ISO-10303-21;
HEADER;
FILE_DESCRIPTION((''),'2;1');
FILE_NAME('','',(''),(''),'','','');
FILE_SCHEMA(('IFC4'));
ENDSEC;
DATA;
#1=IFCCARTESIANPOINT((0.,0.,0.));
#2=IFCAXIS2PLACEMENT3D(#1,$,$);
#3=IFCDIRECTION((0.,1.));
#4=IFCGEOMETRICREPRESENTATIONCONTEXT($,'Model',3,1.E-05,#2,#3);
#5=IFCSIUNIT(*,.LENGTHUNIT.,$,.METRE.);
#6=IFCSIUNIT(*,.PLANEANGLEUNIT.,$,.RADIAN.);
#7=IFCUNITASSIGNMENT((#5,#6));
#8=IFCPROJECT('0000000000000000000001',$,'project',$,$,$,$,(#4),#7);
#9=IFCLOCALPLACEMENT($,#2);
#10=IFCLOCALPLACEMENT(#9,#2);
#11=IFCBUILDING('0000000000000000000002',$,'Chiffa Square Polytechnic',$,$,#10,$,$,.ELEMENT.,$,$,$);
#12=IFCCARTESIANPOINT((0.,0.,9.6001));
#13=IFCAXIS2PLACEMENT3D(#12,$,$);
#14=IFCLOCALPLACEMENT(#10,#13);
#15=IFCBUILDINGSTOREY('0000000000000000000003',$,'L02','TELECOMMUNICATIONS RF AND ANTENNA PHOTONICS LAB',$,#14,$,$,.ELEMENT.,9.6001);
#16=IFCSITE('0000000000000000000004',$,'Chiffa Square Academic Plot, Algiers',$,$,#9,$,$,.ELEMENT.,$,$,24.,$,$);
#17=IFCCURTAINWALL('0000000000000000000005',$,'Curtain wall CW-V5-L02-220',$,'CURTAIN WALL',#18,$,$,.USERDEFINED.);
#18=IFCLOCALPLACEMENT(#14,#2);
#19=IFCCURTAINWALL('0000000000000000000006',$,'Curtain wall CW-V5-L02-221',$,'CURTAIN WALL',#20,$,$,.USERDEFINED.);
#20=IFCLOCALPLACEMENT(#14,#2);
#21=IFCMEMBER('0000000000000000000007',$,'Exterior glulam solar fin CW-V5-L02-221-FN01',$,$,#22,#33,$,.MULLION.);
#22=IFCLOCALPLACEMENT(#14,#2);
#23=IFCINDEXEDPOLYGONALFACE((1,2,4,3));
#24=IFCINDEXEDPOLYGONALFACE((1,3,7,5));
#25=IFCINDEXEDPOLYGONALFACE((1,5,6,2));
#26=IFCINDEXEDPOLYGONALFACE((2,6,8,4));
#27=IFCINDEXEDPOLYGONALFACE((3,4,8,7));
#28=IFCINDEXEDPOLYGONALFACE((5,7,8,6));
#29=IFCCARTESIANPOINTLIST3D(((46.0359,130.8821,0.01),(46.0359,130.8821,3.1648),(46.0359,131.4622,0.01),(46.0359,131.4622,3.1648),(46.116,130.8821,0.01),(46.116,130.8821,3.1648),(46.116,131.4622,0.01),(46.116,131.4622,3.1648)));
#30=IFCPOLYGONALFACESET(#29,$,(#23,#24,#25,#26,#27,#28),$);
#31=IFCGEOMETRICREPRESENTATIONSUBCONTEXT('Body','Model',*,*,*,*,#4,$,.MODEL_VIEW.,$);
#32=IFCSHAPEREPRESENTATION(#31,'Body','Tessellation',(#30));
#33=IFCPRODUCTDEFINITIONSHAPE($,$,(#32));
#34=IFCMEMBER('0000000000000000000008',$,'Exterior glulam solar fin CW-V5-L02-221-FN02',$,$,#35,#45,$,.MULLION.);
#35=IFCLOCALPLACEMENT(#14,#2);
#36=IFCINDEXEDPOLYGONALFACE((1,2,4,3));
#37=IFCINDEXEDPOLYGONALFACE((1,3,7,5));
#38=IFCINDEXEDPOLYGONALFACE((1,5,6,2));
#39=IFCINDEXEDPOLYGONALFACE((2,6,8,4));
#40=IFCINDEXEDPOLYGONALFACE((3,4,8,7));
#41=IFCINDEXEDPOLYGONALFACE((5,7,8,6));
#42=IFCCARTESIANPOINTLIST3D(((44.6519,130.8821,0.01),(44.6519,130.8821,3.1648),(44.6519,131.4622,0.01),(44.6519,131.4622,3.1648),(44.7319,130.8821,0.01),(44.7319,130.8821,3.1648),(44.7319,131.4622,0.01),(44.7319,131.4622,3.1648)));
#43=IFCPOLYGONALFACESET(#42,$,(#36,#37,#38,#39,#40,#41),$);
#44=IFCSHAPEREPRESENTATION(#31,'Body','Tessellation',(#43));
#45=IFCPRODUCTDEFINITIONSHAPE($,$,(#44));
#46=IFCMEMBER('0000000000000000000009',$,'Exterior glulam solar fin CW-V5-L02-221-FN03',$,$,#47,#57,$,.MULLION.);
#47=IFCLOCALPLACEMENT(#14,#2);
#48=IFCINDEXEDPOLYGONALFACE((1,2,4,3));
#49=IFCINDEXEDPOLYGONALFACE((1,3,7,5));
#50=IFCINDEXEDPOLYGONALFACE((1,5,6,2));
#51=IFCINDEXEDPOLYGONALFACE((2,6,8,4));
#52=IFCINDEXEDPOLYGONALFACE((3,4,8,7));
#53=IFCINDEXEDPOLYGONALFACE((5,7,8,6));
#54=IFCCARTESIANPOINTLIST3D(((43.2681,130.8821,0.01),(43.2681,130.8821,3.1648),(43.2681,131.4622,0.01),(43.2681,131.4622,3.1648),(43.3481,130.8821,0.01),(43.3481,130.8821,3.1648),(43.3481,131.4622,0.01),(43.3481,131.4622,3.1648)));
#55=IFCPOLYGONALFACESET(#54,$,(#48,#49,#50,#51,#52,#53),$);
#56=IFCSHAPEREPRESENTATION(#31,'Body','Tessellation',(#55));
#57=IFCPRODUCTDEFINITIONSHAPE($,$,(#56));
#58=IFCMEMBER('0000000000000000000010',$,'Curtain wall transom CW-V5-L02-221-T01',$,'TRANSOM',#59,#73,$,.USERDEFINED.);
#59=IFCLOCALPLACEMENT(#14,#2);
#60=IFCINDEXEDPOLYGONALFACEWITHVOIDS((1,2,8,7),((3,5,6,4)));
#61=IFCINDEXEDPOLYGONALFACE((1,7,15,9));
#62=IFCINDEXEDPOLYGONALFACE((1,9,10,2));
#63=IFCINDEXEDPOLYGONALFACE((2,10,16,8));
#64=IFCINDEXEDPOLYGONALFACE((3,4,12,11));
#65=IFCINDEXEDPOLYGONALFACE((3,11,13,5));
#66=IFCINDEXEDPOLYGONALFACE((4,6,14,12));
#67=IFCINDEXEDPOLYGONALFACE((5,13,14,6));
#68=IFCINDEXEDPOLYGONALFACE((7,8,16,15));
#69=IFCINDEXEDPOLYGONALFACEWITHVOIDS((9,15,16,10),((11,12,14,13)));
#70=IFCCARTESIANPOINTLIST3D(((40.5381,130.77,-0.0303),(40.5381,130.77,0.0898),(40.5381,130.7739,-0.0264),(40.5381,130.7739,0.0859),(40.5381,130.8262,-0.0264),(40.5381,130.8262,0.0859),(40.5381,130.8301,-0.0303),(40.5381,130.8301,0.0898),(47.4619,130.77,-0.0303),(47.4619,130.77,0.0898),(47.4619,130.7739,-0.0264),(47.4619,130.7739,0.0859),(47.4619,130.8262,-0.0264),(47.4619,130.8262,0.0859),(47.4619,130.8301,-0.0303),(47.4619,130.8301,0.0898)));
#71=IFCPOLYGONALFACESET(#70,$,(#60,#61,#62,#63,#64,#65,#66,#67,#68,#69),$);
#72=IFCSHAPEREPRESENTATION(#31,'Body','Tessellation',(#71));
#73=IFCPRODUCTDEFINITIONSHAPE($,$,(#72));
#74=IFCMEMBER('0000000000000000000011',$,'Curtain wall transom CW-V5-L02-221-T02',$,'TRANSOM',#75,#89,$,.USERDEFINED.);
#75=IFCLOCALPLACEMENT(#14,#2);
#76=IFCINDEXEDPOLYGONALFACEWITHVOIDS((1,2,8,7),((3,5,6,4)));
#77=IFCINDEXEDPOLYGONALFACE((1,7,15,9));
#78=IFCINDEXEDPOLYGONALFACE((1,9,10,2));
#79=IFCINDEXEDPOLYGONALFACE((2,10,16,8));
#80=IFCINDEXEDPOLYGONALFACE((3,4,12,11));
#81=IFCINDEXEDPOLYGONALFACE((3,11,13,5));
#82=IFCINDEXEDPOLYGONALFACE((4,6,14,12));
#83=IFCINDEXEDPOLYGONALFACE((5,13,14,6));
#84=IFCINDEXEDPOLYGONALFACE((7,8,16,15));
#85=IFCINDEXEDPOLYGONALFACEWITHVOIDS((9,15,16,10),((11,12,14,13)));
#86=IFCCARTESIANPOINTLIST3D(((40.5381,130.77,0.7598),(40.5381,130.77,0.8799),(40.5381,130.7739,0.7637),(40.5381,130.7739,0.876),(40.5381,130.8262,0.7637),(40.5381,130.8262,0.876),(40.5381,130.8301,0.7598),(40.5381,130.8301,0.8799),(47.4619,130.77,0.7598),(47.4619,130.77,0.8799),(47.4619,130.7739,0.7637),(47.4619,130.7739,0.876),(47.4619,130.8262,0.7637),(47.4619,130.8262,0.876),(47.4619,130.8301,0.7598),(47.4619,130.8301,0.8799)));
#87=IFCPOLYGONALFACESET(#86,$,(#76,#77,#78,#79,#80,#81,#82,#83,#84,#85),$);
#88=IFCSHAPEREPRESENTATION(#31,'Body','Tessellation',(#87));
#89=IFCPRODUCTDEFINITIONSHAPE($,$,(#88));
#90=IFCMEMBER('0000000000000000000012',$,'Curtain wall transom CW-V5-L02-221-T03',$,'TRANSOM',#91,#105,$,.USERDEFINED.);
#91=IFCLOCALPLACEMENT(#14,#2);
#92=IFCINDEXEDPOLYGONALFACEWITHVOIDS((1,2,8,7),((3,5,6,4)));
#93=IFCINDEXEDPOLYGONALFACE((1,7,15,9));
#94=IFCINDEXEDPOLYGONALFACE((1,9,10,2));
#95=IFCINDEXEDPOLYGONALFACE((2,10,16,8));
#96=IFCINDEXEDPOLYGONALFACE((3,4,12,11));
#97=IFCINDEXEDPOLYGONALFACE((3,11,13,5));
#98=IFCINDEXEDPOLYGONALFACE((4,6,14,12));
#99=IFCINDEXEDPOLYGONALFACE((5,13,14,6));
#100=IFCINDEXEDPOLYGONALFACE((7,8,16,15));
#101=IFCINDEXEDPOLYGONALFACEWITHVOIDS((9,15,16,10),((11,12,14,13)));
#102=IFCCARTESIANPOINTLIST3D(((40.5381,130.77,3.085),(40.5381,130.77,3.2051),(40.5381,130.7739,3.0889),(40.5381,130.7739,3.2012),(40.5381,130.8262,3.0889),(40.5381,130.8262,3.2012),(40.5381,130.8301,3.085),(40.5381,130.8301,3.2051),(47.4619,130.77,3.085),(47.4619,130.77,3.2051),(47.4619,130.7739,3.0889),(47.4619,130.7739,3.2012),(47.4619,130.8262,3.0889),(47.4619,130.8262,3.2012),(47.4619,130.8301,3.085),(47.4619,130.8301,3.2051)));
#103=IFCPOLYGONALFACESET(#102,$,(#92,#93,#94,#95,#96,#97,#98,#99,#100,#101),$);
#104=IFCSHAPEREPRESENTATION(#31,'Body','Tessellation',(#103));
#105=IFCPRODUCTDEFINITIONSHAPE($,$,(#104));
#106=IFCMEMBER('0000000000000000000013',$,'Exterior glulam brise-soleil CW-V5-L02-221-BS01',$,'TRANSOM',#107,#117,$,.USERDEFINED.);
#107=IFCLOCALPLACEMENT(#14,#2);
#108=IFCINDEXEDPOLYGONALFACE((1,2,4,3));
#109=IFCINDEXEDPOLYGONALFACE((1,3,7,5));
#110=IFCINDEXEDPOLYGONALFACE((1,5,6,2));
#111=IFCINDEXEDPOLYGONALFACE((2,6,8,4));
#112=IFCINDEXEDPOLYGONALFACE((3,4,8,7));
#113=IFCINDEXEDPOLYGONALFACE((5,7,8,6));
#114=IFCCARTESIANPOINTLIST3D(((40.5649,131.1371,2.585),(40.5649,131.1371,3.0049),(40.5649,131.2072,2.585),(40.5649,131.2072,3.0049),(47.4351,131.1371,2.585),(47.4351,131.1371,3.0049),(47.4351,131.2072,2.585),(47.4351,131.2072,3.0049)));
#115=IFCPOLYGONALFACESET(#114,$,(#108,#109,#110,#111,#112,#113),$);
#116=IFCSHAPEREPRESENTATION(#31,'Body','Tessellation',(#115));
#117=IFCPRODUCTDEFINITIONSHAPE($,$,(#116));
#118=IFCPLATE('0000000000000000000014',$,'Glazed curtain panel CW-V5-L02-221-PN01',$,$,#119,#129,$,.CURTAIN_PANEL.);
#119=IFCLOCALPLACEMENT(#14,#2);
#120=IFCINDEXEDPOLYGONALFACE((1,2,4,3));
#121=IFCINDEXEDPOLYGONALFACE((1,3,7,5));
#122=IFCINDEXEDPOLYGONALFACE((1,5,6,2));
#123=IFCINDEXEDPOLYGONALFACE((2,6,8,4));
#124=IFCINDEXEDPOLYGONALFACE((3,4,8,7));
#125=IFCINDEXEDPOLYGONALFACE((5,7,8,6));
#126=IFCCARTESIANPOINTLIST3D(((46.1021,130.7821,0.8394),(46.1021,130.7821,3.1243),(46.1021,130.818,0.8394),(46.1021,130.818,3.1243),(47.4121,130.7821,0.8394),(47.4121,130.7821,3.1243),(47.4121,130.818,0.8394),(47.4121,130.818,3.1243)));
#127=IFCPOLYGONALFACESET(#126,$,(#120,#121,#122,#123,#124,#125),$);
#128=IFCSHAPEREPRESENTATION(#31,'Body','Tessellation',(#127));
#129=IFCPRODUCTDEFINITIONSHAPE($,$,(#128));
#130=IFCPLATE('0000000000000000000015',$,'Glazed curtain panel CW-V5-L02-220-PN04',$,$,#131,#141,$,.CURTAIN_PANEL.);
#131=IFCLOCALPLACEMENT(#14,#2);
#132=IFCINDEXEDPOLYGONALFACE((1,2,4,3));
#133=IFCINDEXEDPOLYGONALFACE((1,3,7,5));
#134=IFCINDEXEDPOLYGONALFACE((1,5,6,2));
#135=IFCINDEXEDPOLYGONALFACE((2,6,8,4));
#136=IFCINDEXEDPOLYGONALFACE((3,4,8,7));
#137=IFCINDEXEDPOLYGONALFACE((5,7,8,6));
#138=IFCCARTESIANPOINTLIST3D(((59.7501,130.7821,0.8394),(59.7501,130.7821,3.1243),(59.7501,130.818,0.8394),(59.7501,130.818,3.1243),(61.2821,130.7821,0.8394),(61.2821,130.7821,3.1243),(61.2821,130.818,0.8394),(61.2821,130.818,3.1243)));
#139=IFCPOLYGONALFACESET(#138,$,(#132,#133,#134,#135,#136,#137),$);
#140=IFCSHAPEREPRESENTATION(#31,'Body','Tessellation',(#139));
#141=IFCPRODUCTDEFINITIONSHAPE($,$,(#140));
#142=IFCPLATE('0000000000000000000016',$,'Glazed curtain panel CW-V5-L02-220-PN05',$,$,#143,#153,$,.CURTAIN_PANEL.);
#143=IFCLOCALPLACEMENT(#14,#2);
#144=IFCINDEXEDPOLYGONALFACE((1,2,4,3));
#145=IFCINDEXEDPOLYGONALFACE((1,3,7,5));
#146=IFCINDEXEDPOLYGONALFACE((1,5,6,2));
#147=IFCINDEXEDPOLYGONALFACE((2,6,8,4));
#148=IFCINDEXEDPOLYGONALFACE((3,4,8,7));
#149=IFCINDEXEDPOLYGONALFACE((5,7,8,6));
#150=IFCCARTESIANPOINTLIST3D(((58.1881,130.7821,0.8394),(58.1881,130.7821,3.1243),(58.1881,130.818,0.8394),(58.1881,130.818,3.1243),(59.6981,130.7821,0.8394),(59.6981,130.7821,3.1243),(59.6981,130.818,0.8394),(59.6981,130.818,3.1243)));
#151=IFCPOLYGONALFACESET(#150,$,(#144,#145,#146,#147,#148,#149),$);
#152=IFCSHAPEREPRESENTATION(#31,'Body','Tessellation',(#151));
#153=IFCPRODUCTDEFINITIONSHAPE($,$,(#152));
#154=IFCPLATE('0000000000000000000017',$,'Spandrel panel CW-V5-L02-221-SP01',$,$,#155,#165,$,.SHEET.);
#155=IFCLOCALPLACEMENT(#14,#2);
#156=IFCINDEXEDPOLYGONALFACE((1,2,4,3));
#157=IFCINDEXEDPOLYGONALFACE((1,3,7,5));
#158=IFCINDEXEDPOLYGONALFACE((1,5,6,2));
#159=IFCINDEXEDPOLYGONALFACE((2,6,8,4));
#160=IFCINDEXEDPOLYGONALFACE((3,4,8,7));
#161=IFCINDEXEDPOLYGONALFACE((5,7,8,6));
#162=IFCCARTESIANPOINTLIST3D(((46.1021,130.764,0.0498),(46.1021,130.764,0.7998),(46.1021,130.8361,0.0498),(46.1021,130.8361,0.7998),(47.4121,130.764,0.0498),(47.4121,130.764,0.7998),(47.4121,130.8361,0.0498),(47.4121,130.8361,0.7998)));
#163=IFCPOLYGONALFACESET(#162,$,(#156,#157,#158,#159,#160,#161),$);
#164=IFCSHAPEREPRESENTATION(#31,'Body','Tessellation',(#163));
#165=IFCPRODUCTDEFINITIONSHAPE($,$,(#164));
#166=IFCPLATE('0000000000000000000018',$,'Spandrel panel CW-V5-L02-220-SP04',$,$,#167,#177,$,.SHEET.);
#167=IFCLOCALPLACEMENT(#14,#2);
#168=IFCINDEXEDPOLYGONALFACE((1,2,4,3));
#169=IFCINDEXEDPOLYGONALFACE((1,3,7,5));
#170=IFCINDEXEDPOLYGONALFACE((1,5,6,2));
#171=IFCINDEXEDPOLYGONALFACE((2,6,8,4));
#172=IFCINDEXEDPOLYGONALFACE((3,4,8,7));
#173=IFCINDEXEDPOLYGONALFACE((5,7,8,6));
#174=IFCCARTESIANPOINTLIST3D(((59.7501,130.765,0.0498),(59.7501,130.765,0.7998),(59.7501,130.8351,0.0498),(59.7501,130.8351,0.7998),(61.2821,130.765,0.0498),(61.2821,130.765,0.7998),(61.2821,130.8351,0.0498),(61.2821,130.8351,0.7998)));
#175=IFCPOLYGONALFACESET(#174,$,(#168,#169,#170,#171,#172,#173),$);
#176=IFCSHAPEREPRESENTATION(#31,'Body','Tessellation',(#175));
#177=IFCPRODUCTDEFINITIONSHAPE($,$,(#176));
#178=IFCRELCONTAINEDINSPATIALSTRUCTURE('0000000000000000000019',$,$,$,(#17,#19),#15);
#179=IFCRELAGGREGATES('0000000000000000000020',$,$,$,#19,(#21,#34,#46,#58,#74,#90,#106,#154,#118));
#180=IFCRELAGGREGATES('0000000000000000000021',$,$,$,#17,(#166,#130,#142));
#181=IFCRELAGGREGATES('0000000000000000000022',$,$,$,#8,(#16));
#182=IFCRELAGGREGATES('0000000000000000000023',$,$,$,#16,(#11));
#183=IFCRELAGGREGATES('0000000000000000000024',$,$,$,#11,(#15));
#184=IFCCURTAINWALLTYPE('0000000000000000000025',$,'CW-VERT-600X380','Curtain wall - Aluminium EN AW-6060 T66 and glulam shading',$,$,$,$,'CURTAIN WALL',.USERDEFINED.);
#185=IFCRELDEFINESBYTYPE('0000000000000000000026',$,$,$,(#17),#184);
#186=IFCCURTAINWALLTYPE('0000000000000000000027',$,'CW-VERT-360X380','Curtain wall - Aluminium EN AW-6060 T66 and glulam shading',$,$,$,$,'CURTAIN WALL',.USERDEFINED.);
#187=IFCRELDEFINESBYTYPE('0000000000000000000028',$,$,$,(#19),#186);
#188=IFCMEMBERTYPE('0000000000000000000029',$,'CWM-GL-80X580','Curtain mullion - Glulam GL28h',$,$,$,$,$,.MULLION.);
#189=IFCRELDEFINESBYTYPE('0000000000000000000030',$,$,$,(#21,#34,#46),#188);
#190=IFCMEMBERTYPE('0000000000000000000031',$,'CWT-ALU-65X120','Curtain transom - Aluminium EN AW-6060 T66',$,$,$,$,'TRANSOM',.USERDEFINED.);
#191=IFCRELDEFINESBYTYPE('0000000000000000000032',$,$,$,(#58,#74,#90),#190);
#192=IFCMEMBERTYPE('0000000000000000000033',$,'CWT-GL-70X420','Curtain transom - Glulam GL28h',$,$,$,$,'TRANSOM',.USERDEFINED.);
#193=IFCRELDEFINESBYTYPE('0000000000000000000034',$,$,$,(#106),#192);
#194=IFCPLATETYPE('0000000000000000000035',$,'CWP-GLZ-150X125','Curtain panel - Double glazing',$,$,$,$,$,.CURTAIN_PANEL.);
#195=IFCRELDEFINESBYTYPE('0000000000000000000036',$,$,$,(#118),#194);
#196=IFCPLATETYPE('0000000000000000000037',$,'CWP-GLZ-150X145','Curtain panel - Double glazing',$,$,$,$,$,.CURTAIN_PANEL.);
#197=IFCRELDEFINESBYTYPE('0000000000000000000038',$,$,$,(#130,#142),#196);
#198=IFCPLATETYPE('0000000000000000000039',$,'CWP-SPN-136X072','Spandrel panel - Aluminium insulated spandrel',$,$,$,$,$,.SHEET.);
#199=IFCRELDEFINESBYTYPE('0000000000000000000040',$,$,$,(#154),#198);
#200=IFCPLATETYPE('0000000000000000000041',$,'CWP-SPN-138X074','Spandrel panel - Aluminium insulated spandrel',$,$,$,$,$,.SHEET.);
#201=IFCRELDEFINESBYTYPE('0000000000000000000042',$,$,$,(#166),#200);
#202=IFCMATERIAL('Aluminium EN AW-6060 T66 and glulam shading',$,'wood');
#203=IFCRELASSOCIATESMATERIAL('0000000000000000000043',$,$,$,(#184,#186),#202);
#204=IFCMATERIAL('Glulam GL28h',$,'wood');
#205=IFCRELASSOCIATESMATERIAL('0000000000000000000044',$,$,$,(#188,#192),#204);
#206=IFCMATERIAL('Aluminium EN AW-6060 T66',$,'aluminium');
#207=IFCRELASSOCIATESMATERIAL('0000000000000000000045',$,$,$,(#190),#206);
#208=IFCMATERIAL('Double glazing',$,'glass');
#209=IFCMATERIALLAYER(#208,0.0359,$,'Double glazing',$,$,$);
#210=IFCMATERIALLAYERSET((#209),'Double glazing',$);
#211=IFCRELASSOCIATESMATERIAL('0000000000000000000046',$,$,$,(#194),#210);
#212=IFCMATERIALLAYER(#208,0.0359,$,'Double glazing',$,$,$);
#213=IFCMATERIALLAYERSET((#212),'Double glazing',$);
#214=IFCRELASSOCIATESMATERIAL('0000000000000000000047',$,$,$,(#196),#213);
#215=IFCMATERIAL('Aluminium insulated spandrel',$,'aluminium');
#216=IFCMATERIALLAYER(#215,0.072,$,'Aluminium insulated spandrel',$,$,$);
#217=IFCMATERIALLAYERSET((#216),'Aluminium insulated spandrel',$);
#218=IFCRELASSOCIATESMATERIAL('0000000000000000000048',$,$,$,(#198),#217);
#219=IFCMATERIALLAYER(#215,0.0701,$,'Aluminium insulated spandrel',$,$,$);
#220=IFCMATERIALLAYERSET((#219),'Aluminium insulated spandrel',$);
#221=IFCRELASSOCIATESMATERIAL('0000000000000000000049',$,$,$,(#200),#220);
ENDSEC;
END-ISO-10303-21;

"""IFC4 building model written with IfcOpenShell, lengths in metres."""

from ifc_helpers import new_model, si_unit, direction, frame, origin, origin_2d, place, context, subcontext, project, spatial, rectangle, hollow_rectangle, extrude, material, layer, layer_set, material_profile, profile_set, type_object, element, aggregate, save


model = new_model("IFC4")

# Units and contexts
model_context = context("Model", 3, precision=1e-05, world=origin(), true_north=direction((0.0, 1.0)))
body_context = subcontext(model_context, "Body", "Model", "MODEL_VIEW")
ifc_project = project(units=[si_unit("LENGTHUNIT", "METRE"), si_unit("PLANEANGLEUNIT", "RADIAN")], contexts=[model_context])

# Site, building, storey
site_placement = place(None, origin())
site = spatial("IfcSite", under=ifc_project, at=site_placement, Name="Chiffa Square Academic Plot, Algiers", CompositionType="ELEMENT", RefElevation=24.0)
building_placement = place(site_placement, origin())
building = spatial("IfcBuilding", under=site, at=building_placement, Name="Chiffa Square Polytechnic", CompositionType="ELEMENT")
storey_placement = place(building_placement, frame((0.0, 0.0, 9.6001)))
storey = spatial("IfcBuildingStorey", under=building, at=storey_placement, Name="L02", Description="TELECOMMUNICATIONS RF AND ANTENNA PHOTONICS LAB", CompositionType="ELEMENT", Elevation=9.6001)

# Curtain walls
ifc_material_1 = material(Name="Aluminium EN AW-6060 T66 and glulam shading", Category="wood")
curtain_wall_type_1 = type_object("IfcCurtainWallType", Name="CW-VERT-600X380", Description="Curtain wall - Aluminium EN AW-6060 T66 and glulam shading", ElementType="CURTAIN WALL", PredefinedType="USERDEFINED", material=ifc_material_1)
curtain_wall_1_placement = place(storey_placement, origin())
curtain_wall_1 = element("IfcCurtainWall", 1, at=curtain_wall_1_placement, inside=storey, type_object=curtain_wall_type_1, Name="Curtain wall CW-V5-L02-220", ObjectType="CURTAIN WALL", PredefinedType="USERDEFINED")
ifc_material_2 = material(Name="Aluminium EN AW-6060 T66", Category="aluminium")
curtain_wall_type_2 = type_object("IfcCurtainWallType", Name="CW-VERT-360X380", Description="Curtain wall - Aluminium EN AW-6060 T66 and glulam shading", ElementType="CURTAIN WALL", PredefinedType="USERDEFINED", material=ifc_material_1)
curtain_wall_2_placement = place(storey_placement, origin())
curtain_wall_2 = element("IfcCurtainWall", 2, at=curtain_wall_2_placement, inside=storey, type_object=curtain_wall_type_2, Name="Curtain wall CW-V5-L02-221", ObjectType="CURTAIN WALL", PredefinedType="USERDEFINED")

# Members
ifc_material_3 = material(Name="Glulam GL28h", Category="wood")
ifc_material_profile_1 = material_profile(ifc_material_3, rectangle(XDim=0.0801, YDim=0.5801, at=origin_2d()), Name="GL28h 80x580")
ifc_profile_set_1 = profile_set([ifc_material_profile_1], Name="Glulam GL28h")
member_type_1 = type_object("IfcMemberType", Name="CWM-GL-80X580", Description="Curtain mullion - Glulam GL28h", PredefinedType="MULLION", material=ifc_profile_set_1)
member_1_placement = place(storey_placement, frame((46.0759, 131.1721, 0.01), z_axis=(0.0, 0.0, 1.0), x_axis=(-1.0, 0.0, 0.0)))
member_1 = element("IfcMember", 3, at=member_1_placement, type_object=member_type_1, Name="Exterior glulam solar fin CW-V5-L02-221-FN01", PredefinedType="MULLION", context=body_context, shape_type="SweptSolid", body=[
    extrude(rectangle(XDim=0.0801, YDim=0.5801, at=origin_2d()), origin(), (0.0, 0.0, 1.0), 3.1548),
])
member_2_placement = place(storey_placement, frame((44.6919, 131.1721, 0.01), z_axis=(0.0, 0.0, 1.0), x_axis=(-1.0, 0.0, 0.0)))
member_2 = element("IfcMember", 4, at=member_2_placement, type_object=member_type_1, Name="Exterior glulam solar fin CW-V5-L02-221-FN02", PredefinedType="MULLION", context=body_context, shape_type="SweptSolid", body=[
    extrude(rectangle(XDim=0.0801, YDim=0.5801, at=origin_2d()), origin(), (0.0, 0.0, 1.0), 3.1548),
])
member_3_placement = place(storey_placement, frame((43.3081, 131.1721, 0.01), z_axis=(0.0, 0.0, 1.0), x_axis=(-1.0, 0.0, 0.0)))
member_3 = element("IfcMember", 5, at=member_3_placement, type_object=member_type_1, Name="Exterior glulam solar fin CW-V5-L02-221-FN03", PredefinedType="MULLION", context=body_context, shape_type="SweptSolid", body=[
    extrude(rectangle(XDim=0.0801, YDim=0.5801, at=origin_2d()), origin(), (0.0, 0.0, 1.0), 3.1548),
])
ifc_material_profile_2 = material_profile(ifc_material_2, hollow_rectangle(XDim=0.0601, YDim=0.1201, WallThickness=0.0039, at=origin_2d()), Name="ALU 60x120x4")
ifc_profile_set_2 = profile_set([ifc_material_profile_2], Name="Aluminium EN AW-6060 T66")
member_type_2 = type_object("IfcMemberType", Name="CWT-ALU-65X120", Description="Curtain transom - Aluminium EN AW-6060 T66", ElementType="TRANSOM", PredefinedType="USERDEFINED", material=ifc_profile_set_2)
member_4_placement = place(storey_placement, frame((47.4619, 130.8, 0.0298), z_axis=(-1.0, 0.0, 0.0), x_axis=(0.0, -1.0, 0.0)))
member_4 = element("IfcMember", 6, at=member_4_placement, type_object=member_type_2, Name="Curtain wall transom CW-V5-L02-221-T01", ObjectType="TRANSOM", PredefinedType="USERDEFINED", context=body_context, shape_type="SweptSolid", body=[
    extrude(hollow_rectangle(XDim=0.0601, YDim=0.1201, WallThickness=0.0039, at=origin_2d()), origin(), (0.0, 0.0, 1.0), 6.9238),
])
member_5_placement = place(storey_placement, frame((47.4619, 130.8, 0.8198), z_axis=(-1.0, 0.0, 0.0), x_axis=(0.0, -1.0, 0.0)))
member_5 = element("IfcMember", 7, at=member_5_placement, type_object=member_type_2, Name="Curtain wall transom CW-V5-L02-221-T02", ObjectType="TRANSOM", PredefinedType="USERDEFINED", context=body_context, shape_type="SweptSolid", body=[
    extrude(hollow_rectangle(XDim=0.0601, YDim=0.1201, WallThickness=0.0039, at=origin_2d()), origin(), (0.0, 0.0, 1.0), 6.9238),
])
member_6_placement = place(storey_placement, frame((47.4619, 130.8, 3.145), z_axis=(-1.0, 0.0, 0.0), x_axis=(0.0, -1.0, 0.0)))
member_6 = element("IfcMember", 8, at=member_6_placement, type_object=member_type_2, Name="Curtain wall transom CW-V5-L02-221-T03", ObjectType="TRANSOM", PredefinedType="USERDEFINED", context=body_context, shape_type="SweptSolid", body=[
    extrude(hollow_rectangle(XDim=0.0601, YDim=0.1201, WallThickness=0.0039, at=origin_2d()), origin(), (0.0, 0.0, 1.0), 6.9238),
])
ifc_material_profile_3 = material_profile(ifc_material_3, rectangle(XDim=0.0701, YDim=0.4199, at=origin_2d()), Name="GL28h 70x420")
ifc_profile_set_3 = profile_set([ifc_material_profile_3], Name="Glulam GL28h")
member_type_3 = type_object("IfcMemberType", Name="CWT-GL-70X420", Description="Curtain transom - Glulam GL28h", ElementType="TRANSOM", PredefinedType="USERDEFINED", material=ifc_profile_set_3)
member_7_placement = place(storey_placement, frame((47.4351, 131.1721, 2.7949), z_axis=(-1.0, 0.0, 0.0), x_axis=(0.0, -1.0, 0.0)))
member_7 = element("IfcMember", 9, at=member_7_placement, type_object=member_type_3, Name="Exterior glulam brise-soleil CW-V5-L02-221-BS01", ObjectType="TRANSOM", PredefinedType="USERDEFINED", context=body_context, shape_type="SweptSolid", body=[
    extrude(rectangle(XDim=0.0701, YDim=0.4199, at=origin_2d()), origin(), (0.0, 0.0, 1.0), 6.8701),
])

# Plates
ifc_material_4 = material(Name="Double glazing", Category="glass")
ifc_layer_1 = layer(ifc_material_4, 0.0359, Name="Double glazing")
ifc_layer_set_1 = layer_set([ifc_layer_1], Name="Double glazing")
plate_type_1 = type_object("IfcPlateType", Name="CWP-GLZ-150X125", Description="Curtain panel - Double glazing", PredefinedType="CURTAIN_PANEL", material=ifc_layer_set_1)
plate_1_placement = place(storey_placement, frame((46.7571, 130.8, 0.8394), z_axis=(0.0, 0.0, 1.0), x_axis=(-1.0, 0.0, 0.0)))
plate_1 = element("IfcPlate", 10, at=plate_1_placement, type_object=plate_type_1, Name="Glazed curtain panel CW-V5-L02-221-PN01", PredefinedType="CURTAIN_PANEL", context=body_context, shape_type="SweptSolid", body=[
    extrude(rectangle(XDim=1.3101, YDim=0.0359, at=origin_2d()), origin(), (0.0, 0.0, 1.0), 2.2849),
])
ifc_layer_2 = layer(ifc_material_4, 0.0359, Name="Double glazing")
ifc_layer_set_2 = layer_set([ifc_layer_2], Name="Double glazing")
plate_type_2 = type_object("IfcPlateType", Name="CWP-GLZ-150X145", Description="Curtain panel - Double glazing", PredefinedType="CURTAIN_PANEL", material=ifc_layer_set_2)
plate_2_placement = place(storey_placement, frame((60.5161, 130.8, 0.8394), z_axis=(0.0, 0.0, 1.0), x_axis=(-1.0, 0.0, 0.0)))
plate_2 = element("IfcPlate", 11, at=plate_2_placement, type_object=plate_type_2, Name="Glazed curtain panel CW-V5-L02-220-PN04", PredefinedType="CURTAIN_PANEL", context=body_context, shape_type="SweptSolid", body=[
    extrude(rectangle(XDim=1.532, YDim=0.0359, at=origin_2d()), origin(), (0.0, 0.0, 1.0), 2.2849),
])
plate_3_placement = place(storey_placement, frame((58.9431, 130.8, 0.8394), z_axis=(0.0, 0.0, 1.0), x_axis=(-1.0, 0.0, 0.0)))
plate_3 = element("IfcPlate", 12, at=plate_3_placement, type_object=plate_type_2, Name="Glazed curtain panel CW-V5-L02-220-PN05", PredefinedType="CURTAIN_PANEL", context=body_context, shape_type="SweptSolid", body=[
    extrude(rectangle(XDim=1.51, YDim=0.0359, at=origin_2d()), origin(), (0.0, 0.0, 1.0), 2.2849),
])
ifc_material_5 = material(Name="Aluminium insulated spandrel", Category="aluminium")
ifc_layer_3 = layer(ifc_material_5, 0.072, Name="Aluminium insulated spandrel")
ifc_layer_set_3 = layer_set([ifc_layer_3], Name="Aluminium insulated spandrel")
plate_type_3 = type_object("IfcPlateType", Name="CWP-SPN-136X072", Description="Spandrel panel - Aluminium insulated spandrel", PredefinedType="SHEET", material=ifc_layer_set_3)
plate_4_placement = place(storey_placement, frame((46.7571, 130.8, 0.0498), z_axis=(0.0, 0.0, 1.0), x_axis=(-1.0, 0.0, 0.0)))
plate_4 = element("IfcPlate", 13, at=plate_4_placement, type_object=plate_type_3, Name="Spandrel panel CW-V5-L02-221-SP01", PredefinedType="SHEET", context=body_context, shape_type="SweptSolid", body=[
    extrude(rectangle(XDim=1.3101, YDim=0.072, at=origin_2d()), origin(), (0.0, 0.0, 1.0), 0.75),
])
aggregate(curtain_wall_2, [member_1, member_2, member_3, member_4, member_5, member_6, member_7, plate_4, plate_1])
ifc_layer_4 = layer(ifc_material_5, 0.0701, Name="Aluminium insulated spandrel")
ifc_layer_set_4 = layer_set([ifc_layer_4], Name="Aluminium insulated spandrel")
plate_type_4 = type_object("IfcPlateType", Name="CWP-SPN-138X074", Description="Spandrel panel - Aluminium insulated spandrel", PredefinedType="SHEET", material=ifc_layer_set_4)
plate_5_placement = place(storey_placement, frame((60.5161, 130.8, 0.0498), z_axis=(0.0, 0.0, 1.0), x_axis=(-1.0, 0.0, 0.0)))
plate_5 = element("IfcPlate", 14, at=plate_5_placement, type_object=plate_type_4, Name="Spandrel panel CW-V5-L02-220-SP04", PredefinedType="SHEET", context=body_context, shape_type="SweptSolid", body=[
    extrude(rectangle(XDim=1.532, YDim=0.0701, at=origin_2d()), origin(), (0.0, 0.0, 1.0), 0.75),
])
aggregate(curtain_wall_1, [plate_5, plate_2, plate_3])

save(model, "model.ifc")
